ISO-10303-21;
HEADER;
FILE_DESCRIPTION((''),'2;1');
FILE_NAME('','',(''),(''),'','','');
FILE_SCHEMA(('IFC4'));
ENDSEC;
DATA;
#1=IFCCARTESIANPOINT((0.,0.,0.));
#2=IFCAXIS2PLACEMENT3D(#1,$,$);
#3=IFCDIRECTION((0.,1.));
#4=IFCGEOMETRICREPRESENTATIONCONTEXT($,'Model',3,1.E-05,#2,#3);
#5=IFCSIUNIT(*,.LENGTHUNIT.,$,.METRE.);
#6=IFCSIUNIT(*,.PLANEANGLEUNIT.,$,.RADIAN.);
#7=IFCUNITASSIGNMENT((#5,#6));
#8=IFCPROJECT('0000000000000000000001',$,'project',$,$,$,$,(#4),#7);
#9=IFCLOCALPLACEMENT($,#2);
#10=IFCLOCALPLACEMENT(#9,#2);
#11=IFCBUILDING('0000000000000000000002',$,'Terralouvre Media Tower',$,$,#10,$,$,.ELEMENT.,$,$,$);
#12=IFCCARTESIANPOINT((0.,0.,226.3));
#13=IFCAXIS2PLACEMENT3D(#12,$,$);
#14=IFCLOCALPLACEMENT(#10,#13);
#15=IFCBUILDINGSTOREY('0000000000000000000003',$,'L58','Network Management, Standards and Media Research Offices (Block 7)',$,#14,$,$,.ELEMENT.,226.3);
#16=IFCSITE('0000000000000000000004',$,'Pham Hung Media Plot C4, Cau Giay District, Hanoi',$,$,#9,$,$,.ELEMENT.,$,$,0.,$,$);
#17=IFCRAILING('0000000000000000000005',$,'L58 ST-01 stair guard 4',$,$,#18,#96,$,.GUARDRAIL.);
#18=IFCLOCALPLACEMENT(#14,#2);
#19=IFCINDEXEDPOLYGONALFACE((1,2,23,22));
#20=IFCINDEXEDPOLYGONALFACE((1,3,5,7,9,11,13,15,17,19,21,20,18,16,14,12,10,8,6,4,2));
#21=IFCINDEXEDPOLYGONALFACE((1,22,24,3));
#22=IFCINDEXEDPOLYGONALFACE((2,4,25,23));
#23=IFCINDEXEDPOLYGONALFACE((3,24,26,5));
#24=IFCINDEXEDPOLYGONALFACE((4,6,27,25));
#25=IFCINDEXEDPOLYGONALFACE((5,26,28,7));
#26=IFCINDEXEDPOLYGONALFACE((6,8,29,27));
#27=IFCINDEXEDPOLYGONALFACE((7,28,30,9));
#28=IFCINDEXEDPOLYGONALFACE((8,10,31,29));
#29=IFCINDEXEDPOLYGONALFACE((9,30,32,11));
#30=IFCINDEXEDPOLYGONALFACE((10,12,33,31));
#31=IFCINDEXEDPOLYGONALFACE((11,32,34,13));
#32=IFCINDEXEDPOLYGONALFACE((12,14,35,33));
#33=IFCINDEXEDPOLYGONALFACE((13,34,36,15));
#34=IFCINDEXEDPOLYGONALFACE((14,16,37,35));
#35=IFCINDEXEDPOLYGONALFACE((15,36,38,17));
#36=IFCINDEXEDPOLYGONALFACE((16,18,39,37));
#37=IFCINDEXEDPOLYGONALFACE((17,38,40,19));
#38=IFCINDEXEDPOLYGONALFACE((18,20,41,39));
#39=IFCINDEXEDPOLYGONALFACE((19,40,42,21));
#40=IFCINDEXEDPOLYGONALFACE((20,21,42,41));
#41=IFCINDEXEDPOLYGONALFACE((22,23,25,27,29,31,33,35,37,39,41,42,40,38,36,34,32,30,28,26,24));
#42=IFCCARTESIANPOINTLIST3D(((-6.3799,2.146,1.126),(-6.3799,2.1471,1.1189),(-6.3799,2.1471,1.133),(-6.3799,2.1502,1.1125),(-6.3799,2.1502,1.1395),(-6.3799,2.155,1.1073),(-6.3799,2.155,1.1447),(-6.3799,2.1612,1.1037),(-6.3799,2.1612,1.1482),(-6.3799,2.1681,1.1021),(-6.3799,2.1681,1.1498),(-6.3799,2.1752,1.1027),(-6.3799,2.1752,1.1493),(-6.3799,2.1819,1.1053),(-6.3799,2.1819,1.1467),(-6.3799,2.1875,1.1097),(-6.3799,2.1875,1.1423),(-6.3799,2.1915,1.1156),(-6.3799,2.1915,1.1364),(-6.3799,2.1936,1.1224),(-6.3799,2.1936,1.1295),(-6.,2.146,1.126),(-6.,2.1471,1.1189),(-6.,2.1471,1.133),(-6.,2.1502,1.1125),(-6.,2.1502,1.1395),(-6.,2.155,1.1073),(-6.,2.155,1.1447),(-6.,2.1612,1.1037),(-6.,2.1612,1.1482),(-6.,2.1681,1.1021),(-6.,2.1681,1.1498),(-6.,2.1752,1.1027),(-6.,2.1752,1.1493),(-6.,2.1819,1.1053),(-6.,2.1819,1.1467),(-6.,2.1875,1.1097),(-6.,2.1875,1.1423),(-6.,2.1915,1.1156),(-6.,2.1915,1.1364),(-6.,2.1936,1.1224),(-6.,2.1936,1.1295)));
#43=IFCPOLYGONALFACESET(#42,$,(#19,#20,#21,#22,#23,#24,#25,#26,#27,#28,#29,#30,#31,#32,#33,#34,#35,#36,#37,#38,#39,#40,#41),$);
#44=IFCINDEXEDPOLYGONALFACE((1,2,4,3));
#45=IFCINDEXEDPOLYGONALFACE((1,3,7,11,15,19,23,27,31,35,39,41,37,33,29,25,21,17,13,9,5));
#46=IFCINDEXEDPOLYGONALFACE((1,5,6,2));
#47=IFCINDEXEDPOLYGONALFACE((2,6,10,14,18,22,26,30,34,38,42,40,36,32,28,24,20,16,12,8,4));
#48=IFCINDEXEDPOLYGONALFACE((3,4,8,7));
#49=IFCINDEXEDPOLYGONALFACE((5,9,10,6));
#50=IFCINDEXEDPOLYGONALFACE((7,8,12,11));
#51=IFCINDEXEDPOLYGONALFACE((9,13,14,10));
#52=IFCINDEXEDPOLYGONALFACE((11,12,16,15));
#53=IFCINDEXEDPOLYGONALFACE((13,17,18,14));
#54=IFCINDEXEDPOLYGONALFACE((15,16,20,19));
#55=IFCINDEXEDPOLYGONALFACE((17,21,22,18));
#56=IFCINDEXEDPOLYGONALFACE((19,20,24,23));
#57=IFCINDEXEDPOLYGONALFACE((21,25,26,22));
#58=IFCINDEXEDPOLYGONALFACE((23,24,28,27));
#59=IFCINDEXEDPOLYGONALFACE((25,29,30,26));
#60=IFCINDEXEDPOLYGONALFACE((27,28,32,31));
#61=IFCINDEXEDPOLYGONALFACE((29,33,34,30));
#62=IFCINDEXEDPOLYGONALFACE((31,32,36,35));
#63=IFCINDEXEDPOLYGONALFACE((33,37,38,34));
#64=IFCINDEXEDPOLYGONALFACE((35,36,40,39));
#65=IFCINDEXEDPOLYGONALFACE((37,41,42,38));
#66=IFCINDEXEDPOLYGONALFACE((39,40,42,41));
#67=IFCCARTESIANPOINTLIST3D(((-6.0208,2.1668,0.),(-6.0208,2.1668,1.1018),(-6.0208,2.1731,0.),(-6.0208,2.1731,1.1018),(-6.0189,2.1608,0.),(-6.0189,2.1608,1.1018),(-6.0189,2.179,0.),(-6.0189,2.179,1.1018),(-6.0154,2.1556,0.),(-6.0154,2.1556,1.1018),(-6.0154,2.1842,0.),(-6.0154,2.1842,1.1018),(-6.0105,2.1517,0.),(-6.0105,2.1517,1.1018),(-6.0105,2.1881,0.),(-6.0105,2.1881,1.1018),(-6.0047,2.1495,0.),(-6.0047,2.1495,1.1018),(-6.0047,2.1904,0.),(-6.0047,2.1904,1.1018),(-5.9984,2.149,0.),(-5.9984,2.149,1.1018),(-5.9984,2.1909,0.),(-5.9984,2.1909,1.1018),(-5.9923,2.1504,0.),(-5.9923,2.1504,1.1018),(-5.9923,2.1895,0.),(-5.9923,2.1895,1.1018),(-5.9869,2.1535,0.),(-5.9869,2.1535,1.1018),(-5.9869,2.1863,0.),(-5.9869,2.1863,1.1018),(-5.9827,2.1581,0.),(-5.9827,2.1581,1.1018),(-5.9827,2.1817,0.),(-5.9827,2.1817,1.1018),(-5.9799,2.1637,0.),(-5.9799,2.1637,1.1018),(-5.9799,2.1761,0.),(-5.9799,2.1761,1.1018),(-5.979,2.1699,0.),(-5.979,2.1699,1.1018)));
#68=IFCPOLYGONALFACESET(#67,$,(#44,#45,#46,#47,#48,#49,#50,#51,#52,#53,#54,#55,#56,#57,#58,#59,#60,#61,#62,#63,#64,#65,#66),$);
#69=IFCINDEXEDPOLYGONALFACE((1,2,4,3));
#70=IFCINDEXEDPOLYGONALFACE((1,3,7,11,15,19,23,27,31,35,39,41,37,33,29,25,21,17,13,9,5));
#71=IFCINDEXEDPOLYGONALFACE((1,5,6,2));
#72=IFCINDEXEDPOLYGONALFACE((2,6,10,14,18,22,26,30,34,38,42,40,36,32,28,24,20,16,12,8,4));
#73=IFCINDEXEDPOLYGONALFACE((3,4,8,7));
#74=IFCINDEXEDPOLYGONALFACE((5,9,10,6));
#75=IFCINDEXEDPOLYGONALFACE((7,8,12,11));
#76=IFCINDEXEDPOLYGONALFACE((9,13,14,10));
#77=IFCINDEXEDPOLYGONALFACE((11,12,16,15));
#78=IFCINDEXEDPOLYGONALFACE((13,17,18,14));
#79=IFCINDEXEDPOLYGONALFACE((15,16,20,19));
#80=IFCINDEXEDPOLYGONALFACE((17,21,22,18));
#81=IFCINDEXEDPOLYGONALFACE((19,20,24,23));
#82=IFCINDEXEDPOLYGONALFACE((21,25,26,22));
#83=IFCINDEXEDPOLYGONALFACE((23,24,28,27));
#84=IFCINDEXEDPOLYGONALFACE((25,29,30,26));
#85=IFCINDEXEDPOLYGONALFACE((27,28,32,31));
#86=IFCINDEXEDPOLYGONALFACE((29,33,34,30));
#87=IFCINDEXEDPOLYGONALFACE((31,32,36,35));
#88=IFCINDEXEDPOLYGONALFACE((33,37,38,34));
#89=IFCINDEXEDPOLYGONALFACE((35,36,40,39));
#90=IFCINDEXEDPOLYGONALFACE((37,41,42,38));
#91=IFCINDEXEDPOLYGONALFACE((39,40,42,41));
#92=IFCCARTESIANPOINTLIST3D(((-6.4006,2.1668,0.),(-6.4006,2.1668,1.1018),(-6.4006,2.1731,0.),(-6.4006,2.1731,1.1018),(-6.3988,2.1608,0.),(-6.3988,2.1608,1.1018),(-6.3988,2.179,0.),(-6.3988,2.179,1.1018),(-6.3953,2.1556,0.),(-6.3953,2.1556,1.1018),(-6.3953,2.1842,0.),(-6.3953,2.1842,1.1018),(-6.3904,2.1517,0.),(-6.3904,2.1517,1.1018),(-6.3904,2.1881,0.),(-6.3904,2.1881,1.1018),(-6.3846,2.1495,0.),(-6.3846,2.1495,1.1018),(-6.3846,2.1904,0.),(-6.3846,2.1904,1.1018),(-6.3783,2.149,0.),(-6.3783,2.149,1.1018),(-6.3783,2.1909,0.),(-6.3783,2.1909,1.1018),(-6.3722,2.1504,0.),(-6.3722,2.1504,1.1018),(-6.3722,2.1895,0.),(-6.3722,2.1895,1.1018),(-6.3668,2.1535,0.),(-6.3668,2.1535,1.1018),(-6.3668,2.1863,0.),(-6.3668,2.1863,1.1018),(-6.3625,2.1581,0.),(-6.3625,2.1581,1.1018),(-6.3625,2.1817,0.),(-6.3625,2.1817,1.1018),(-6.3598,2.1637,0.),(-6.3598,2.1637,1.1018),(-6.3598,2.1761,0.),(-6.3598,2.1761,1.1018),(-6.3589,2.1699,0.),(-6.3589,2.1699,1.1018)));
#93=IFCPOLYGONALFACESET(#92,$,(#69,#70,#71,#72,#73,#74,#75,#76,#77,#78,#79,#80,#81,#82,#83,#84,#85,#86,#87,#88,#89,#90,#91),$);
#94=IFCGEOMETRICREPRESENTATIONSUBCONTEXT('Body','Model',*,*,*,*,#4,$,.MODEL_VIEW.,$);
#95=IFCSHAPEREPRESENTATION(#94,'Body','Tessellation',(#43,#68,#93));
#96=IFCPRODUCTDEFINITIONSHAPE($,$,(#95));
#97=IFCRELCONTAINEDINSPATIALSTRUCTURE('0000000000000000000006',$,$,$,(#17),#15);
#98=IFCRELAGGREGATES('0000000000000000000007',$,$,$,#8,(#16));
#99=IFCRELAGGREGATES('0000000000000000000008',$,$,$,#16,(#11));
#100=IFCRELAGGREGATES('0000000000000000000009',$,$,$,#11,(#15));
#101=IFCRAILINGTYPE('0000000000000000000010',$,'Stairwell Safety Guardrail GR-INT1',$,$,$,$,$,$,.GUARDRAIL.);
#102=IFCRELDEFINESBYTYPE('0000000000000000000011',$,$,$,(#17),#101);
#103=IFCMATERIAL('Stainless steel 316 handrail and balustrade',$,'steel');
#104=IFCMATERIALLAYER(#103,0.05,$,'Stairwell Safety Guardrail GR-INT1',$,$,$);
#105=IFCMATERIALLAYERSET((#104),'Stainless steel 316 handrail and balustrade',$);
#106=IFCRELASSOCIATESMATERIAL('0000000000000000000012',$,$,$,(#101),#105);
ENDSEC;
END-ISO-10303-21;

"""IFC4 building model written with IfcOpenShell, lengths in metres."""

from ifc_helpers import new_model, si_unit, direction, frame, origin, origin_2d, place, context, subcontext, project, spatial, circle, extrude, material, layer, layer_set, type_object, element, save


model = new_model("IFC4")

# Units and contexts
model_context = context("Model", 3, precision=1e-05, world=origin(), true_north=direction((0.0, 1.0)))
body_context = subcontext(model_context, "Body", "Model", "MODEL_VIEW")
ifc_project = project(units=[si_unit("LENGTHUNIT", "METRE"), si_unit("PLANEANGLEUNIT", "RADIAN")], contexts=[model_context])

# Site, building, storey
site_placement = place(None, origin())
site = spatial("IfcSite", under=ifc_project, at=site_placement, Name="Pham Hung Media Plot C4, Cau Giay District, Hanoi", CompositionType="ELEMENT", RefElevation=0.0)
building_placement = place(site_placement, origin())
building = spatial("IfcBuilding", under=site, at=building_placement, Name="Terralouvre Media Tower", CompositionType="ELEMENT")
storey_placement = place(building_placement, frame((0.0, 0.0, 226.3)))
storey = spatial("IfcBuildingStorey", under=building, at=storey_placement, Name="L58", Description="Network Management, Standards and Media Research Offices (Block 7)", CompositionType="ELEMENT", Elevation=226.3)

# Railing
ifc_material_1 = material(Name="Stainless steel 316 handrail and balustrade", Category="steel")
ifc_layer_1 = layer(ifc_material_1, 0.05, Name="Stairwell Safety Guardrail GR-INT1")
ifc_layer_set_1 = layer_set([ifc_layer_1], Name="Stainless steel 316 handrail and balustrade")
railing_type_1 = type_object("IfcRailingType", Name="Stairwell Safety Guardrail GR-INT1", PredefinedType="GUARDRAIL", material=ifc_layer_set_1)
railing_1_placement = place(storey_placement, frame((-6.0, 2.1699, 0.0)))
element("IfcRailing", 1, at=railing_1_placement, inside=storey, type_object=railing_type_1, Name="L58 ST-01 stair guard 4", PredefinedType="GUARDRAIL", context=body_context, shape_type="SweptSolid", body=[
    extrude(circle(Radius=0.0239, at=origin_2d()), frame((0.0, 0.0, 1.126), z_axis=(-1.0, 0.0, 0.0), x_axis=(0.0, -1.0, 0.0)), (0.0, 0.0, 1.0), 0.3799),
    extrude(circle(Radius=0.021, at=origin_2d()), origin(), (0.0, 0.0, 1.0), 1.1018),
    extrude(circle(Radius=0.021, at=origin_2d()), frame((-0.3799, 0.0, 0.0)), (0.0, 0.0, 1.0), 1.1018),
])

save(model, "model.ifc")
